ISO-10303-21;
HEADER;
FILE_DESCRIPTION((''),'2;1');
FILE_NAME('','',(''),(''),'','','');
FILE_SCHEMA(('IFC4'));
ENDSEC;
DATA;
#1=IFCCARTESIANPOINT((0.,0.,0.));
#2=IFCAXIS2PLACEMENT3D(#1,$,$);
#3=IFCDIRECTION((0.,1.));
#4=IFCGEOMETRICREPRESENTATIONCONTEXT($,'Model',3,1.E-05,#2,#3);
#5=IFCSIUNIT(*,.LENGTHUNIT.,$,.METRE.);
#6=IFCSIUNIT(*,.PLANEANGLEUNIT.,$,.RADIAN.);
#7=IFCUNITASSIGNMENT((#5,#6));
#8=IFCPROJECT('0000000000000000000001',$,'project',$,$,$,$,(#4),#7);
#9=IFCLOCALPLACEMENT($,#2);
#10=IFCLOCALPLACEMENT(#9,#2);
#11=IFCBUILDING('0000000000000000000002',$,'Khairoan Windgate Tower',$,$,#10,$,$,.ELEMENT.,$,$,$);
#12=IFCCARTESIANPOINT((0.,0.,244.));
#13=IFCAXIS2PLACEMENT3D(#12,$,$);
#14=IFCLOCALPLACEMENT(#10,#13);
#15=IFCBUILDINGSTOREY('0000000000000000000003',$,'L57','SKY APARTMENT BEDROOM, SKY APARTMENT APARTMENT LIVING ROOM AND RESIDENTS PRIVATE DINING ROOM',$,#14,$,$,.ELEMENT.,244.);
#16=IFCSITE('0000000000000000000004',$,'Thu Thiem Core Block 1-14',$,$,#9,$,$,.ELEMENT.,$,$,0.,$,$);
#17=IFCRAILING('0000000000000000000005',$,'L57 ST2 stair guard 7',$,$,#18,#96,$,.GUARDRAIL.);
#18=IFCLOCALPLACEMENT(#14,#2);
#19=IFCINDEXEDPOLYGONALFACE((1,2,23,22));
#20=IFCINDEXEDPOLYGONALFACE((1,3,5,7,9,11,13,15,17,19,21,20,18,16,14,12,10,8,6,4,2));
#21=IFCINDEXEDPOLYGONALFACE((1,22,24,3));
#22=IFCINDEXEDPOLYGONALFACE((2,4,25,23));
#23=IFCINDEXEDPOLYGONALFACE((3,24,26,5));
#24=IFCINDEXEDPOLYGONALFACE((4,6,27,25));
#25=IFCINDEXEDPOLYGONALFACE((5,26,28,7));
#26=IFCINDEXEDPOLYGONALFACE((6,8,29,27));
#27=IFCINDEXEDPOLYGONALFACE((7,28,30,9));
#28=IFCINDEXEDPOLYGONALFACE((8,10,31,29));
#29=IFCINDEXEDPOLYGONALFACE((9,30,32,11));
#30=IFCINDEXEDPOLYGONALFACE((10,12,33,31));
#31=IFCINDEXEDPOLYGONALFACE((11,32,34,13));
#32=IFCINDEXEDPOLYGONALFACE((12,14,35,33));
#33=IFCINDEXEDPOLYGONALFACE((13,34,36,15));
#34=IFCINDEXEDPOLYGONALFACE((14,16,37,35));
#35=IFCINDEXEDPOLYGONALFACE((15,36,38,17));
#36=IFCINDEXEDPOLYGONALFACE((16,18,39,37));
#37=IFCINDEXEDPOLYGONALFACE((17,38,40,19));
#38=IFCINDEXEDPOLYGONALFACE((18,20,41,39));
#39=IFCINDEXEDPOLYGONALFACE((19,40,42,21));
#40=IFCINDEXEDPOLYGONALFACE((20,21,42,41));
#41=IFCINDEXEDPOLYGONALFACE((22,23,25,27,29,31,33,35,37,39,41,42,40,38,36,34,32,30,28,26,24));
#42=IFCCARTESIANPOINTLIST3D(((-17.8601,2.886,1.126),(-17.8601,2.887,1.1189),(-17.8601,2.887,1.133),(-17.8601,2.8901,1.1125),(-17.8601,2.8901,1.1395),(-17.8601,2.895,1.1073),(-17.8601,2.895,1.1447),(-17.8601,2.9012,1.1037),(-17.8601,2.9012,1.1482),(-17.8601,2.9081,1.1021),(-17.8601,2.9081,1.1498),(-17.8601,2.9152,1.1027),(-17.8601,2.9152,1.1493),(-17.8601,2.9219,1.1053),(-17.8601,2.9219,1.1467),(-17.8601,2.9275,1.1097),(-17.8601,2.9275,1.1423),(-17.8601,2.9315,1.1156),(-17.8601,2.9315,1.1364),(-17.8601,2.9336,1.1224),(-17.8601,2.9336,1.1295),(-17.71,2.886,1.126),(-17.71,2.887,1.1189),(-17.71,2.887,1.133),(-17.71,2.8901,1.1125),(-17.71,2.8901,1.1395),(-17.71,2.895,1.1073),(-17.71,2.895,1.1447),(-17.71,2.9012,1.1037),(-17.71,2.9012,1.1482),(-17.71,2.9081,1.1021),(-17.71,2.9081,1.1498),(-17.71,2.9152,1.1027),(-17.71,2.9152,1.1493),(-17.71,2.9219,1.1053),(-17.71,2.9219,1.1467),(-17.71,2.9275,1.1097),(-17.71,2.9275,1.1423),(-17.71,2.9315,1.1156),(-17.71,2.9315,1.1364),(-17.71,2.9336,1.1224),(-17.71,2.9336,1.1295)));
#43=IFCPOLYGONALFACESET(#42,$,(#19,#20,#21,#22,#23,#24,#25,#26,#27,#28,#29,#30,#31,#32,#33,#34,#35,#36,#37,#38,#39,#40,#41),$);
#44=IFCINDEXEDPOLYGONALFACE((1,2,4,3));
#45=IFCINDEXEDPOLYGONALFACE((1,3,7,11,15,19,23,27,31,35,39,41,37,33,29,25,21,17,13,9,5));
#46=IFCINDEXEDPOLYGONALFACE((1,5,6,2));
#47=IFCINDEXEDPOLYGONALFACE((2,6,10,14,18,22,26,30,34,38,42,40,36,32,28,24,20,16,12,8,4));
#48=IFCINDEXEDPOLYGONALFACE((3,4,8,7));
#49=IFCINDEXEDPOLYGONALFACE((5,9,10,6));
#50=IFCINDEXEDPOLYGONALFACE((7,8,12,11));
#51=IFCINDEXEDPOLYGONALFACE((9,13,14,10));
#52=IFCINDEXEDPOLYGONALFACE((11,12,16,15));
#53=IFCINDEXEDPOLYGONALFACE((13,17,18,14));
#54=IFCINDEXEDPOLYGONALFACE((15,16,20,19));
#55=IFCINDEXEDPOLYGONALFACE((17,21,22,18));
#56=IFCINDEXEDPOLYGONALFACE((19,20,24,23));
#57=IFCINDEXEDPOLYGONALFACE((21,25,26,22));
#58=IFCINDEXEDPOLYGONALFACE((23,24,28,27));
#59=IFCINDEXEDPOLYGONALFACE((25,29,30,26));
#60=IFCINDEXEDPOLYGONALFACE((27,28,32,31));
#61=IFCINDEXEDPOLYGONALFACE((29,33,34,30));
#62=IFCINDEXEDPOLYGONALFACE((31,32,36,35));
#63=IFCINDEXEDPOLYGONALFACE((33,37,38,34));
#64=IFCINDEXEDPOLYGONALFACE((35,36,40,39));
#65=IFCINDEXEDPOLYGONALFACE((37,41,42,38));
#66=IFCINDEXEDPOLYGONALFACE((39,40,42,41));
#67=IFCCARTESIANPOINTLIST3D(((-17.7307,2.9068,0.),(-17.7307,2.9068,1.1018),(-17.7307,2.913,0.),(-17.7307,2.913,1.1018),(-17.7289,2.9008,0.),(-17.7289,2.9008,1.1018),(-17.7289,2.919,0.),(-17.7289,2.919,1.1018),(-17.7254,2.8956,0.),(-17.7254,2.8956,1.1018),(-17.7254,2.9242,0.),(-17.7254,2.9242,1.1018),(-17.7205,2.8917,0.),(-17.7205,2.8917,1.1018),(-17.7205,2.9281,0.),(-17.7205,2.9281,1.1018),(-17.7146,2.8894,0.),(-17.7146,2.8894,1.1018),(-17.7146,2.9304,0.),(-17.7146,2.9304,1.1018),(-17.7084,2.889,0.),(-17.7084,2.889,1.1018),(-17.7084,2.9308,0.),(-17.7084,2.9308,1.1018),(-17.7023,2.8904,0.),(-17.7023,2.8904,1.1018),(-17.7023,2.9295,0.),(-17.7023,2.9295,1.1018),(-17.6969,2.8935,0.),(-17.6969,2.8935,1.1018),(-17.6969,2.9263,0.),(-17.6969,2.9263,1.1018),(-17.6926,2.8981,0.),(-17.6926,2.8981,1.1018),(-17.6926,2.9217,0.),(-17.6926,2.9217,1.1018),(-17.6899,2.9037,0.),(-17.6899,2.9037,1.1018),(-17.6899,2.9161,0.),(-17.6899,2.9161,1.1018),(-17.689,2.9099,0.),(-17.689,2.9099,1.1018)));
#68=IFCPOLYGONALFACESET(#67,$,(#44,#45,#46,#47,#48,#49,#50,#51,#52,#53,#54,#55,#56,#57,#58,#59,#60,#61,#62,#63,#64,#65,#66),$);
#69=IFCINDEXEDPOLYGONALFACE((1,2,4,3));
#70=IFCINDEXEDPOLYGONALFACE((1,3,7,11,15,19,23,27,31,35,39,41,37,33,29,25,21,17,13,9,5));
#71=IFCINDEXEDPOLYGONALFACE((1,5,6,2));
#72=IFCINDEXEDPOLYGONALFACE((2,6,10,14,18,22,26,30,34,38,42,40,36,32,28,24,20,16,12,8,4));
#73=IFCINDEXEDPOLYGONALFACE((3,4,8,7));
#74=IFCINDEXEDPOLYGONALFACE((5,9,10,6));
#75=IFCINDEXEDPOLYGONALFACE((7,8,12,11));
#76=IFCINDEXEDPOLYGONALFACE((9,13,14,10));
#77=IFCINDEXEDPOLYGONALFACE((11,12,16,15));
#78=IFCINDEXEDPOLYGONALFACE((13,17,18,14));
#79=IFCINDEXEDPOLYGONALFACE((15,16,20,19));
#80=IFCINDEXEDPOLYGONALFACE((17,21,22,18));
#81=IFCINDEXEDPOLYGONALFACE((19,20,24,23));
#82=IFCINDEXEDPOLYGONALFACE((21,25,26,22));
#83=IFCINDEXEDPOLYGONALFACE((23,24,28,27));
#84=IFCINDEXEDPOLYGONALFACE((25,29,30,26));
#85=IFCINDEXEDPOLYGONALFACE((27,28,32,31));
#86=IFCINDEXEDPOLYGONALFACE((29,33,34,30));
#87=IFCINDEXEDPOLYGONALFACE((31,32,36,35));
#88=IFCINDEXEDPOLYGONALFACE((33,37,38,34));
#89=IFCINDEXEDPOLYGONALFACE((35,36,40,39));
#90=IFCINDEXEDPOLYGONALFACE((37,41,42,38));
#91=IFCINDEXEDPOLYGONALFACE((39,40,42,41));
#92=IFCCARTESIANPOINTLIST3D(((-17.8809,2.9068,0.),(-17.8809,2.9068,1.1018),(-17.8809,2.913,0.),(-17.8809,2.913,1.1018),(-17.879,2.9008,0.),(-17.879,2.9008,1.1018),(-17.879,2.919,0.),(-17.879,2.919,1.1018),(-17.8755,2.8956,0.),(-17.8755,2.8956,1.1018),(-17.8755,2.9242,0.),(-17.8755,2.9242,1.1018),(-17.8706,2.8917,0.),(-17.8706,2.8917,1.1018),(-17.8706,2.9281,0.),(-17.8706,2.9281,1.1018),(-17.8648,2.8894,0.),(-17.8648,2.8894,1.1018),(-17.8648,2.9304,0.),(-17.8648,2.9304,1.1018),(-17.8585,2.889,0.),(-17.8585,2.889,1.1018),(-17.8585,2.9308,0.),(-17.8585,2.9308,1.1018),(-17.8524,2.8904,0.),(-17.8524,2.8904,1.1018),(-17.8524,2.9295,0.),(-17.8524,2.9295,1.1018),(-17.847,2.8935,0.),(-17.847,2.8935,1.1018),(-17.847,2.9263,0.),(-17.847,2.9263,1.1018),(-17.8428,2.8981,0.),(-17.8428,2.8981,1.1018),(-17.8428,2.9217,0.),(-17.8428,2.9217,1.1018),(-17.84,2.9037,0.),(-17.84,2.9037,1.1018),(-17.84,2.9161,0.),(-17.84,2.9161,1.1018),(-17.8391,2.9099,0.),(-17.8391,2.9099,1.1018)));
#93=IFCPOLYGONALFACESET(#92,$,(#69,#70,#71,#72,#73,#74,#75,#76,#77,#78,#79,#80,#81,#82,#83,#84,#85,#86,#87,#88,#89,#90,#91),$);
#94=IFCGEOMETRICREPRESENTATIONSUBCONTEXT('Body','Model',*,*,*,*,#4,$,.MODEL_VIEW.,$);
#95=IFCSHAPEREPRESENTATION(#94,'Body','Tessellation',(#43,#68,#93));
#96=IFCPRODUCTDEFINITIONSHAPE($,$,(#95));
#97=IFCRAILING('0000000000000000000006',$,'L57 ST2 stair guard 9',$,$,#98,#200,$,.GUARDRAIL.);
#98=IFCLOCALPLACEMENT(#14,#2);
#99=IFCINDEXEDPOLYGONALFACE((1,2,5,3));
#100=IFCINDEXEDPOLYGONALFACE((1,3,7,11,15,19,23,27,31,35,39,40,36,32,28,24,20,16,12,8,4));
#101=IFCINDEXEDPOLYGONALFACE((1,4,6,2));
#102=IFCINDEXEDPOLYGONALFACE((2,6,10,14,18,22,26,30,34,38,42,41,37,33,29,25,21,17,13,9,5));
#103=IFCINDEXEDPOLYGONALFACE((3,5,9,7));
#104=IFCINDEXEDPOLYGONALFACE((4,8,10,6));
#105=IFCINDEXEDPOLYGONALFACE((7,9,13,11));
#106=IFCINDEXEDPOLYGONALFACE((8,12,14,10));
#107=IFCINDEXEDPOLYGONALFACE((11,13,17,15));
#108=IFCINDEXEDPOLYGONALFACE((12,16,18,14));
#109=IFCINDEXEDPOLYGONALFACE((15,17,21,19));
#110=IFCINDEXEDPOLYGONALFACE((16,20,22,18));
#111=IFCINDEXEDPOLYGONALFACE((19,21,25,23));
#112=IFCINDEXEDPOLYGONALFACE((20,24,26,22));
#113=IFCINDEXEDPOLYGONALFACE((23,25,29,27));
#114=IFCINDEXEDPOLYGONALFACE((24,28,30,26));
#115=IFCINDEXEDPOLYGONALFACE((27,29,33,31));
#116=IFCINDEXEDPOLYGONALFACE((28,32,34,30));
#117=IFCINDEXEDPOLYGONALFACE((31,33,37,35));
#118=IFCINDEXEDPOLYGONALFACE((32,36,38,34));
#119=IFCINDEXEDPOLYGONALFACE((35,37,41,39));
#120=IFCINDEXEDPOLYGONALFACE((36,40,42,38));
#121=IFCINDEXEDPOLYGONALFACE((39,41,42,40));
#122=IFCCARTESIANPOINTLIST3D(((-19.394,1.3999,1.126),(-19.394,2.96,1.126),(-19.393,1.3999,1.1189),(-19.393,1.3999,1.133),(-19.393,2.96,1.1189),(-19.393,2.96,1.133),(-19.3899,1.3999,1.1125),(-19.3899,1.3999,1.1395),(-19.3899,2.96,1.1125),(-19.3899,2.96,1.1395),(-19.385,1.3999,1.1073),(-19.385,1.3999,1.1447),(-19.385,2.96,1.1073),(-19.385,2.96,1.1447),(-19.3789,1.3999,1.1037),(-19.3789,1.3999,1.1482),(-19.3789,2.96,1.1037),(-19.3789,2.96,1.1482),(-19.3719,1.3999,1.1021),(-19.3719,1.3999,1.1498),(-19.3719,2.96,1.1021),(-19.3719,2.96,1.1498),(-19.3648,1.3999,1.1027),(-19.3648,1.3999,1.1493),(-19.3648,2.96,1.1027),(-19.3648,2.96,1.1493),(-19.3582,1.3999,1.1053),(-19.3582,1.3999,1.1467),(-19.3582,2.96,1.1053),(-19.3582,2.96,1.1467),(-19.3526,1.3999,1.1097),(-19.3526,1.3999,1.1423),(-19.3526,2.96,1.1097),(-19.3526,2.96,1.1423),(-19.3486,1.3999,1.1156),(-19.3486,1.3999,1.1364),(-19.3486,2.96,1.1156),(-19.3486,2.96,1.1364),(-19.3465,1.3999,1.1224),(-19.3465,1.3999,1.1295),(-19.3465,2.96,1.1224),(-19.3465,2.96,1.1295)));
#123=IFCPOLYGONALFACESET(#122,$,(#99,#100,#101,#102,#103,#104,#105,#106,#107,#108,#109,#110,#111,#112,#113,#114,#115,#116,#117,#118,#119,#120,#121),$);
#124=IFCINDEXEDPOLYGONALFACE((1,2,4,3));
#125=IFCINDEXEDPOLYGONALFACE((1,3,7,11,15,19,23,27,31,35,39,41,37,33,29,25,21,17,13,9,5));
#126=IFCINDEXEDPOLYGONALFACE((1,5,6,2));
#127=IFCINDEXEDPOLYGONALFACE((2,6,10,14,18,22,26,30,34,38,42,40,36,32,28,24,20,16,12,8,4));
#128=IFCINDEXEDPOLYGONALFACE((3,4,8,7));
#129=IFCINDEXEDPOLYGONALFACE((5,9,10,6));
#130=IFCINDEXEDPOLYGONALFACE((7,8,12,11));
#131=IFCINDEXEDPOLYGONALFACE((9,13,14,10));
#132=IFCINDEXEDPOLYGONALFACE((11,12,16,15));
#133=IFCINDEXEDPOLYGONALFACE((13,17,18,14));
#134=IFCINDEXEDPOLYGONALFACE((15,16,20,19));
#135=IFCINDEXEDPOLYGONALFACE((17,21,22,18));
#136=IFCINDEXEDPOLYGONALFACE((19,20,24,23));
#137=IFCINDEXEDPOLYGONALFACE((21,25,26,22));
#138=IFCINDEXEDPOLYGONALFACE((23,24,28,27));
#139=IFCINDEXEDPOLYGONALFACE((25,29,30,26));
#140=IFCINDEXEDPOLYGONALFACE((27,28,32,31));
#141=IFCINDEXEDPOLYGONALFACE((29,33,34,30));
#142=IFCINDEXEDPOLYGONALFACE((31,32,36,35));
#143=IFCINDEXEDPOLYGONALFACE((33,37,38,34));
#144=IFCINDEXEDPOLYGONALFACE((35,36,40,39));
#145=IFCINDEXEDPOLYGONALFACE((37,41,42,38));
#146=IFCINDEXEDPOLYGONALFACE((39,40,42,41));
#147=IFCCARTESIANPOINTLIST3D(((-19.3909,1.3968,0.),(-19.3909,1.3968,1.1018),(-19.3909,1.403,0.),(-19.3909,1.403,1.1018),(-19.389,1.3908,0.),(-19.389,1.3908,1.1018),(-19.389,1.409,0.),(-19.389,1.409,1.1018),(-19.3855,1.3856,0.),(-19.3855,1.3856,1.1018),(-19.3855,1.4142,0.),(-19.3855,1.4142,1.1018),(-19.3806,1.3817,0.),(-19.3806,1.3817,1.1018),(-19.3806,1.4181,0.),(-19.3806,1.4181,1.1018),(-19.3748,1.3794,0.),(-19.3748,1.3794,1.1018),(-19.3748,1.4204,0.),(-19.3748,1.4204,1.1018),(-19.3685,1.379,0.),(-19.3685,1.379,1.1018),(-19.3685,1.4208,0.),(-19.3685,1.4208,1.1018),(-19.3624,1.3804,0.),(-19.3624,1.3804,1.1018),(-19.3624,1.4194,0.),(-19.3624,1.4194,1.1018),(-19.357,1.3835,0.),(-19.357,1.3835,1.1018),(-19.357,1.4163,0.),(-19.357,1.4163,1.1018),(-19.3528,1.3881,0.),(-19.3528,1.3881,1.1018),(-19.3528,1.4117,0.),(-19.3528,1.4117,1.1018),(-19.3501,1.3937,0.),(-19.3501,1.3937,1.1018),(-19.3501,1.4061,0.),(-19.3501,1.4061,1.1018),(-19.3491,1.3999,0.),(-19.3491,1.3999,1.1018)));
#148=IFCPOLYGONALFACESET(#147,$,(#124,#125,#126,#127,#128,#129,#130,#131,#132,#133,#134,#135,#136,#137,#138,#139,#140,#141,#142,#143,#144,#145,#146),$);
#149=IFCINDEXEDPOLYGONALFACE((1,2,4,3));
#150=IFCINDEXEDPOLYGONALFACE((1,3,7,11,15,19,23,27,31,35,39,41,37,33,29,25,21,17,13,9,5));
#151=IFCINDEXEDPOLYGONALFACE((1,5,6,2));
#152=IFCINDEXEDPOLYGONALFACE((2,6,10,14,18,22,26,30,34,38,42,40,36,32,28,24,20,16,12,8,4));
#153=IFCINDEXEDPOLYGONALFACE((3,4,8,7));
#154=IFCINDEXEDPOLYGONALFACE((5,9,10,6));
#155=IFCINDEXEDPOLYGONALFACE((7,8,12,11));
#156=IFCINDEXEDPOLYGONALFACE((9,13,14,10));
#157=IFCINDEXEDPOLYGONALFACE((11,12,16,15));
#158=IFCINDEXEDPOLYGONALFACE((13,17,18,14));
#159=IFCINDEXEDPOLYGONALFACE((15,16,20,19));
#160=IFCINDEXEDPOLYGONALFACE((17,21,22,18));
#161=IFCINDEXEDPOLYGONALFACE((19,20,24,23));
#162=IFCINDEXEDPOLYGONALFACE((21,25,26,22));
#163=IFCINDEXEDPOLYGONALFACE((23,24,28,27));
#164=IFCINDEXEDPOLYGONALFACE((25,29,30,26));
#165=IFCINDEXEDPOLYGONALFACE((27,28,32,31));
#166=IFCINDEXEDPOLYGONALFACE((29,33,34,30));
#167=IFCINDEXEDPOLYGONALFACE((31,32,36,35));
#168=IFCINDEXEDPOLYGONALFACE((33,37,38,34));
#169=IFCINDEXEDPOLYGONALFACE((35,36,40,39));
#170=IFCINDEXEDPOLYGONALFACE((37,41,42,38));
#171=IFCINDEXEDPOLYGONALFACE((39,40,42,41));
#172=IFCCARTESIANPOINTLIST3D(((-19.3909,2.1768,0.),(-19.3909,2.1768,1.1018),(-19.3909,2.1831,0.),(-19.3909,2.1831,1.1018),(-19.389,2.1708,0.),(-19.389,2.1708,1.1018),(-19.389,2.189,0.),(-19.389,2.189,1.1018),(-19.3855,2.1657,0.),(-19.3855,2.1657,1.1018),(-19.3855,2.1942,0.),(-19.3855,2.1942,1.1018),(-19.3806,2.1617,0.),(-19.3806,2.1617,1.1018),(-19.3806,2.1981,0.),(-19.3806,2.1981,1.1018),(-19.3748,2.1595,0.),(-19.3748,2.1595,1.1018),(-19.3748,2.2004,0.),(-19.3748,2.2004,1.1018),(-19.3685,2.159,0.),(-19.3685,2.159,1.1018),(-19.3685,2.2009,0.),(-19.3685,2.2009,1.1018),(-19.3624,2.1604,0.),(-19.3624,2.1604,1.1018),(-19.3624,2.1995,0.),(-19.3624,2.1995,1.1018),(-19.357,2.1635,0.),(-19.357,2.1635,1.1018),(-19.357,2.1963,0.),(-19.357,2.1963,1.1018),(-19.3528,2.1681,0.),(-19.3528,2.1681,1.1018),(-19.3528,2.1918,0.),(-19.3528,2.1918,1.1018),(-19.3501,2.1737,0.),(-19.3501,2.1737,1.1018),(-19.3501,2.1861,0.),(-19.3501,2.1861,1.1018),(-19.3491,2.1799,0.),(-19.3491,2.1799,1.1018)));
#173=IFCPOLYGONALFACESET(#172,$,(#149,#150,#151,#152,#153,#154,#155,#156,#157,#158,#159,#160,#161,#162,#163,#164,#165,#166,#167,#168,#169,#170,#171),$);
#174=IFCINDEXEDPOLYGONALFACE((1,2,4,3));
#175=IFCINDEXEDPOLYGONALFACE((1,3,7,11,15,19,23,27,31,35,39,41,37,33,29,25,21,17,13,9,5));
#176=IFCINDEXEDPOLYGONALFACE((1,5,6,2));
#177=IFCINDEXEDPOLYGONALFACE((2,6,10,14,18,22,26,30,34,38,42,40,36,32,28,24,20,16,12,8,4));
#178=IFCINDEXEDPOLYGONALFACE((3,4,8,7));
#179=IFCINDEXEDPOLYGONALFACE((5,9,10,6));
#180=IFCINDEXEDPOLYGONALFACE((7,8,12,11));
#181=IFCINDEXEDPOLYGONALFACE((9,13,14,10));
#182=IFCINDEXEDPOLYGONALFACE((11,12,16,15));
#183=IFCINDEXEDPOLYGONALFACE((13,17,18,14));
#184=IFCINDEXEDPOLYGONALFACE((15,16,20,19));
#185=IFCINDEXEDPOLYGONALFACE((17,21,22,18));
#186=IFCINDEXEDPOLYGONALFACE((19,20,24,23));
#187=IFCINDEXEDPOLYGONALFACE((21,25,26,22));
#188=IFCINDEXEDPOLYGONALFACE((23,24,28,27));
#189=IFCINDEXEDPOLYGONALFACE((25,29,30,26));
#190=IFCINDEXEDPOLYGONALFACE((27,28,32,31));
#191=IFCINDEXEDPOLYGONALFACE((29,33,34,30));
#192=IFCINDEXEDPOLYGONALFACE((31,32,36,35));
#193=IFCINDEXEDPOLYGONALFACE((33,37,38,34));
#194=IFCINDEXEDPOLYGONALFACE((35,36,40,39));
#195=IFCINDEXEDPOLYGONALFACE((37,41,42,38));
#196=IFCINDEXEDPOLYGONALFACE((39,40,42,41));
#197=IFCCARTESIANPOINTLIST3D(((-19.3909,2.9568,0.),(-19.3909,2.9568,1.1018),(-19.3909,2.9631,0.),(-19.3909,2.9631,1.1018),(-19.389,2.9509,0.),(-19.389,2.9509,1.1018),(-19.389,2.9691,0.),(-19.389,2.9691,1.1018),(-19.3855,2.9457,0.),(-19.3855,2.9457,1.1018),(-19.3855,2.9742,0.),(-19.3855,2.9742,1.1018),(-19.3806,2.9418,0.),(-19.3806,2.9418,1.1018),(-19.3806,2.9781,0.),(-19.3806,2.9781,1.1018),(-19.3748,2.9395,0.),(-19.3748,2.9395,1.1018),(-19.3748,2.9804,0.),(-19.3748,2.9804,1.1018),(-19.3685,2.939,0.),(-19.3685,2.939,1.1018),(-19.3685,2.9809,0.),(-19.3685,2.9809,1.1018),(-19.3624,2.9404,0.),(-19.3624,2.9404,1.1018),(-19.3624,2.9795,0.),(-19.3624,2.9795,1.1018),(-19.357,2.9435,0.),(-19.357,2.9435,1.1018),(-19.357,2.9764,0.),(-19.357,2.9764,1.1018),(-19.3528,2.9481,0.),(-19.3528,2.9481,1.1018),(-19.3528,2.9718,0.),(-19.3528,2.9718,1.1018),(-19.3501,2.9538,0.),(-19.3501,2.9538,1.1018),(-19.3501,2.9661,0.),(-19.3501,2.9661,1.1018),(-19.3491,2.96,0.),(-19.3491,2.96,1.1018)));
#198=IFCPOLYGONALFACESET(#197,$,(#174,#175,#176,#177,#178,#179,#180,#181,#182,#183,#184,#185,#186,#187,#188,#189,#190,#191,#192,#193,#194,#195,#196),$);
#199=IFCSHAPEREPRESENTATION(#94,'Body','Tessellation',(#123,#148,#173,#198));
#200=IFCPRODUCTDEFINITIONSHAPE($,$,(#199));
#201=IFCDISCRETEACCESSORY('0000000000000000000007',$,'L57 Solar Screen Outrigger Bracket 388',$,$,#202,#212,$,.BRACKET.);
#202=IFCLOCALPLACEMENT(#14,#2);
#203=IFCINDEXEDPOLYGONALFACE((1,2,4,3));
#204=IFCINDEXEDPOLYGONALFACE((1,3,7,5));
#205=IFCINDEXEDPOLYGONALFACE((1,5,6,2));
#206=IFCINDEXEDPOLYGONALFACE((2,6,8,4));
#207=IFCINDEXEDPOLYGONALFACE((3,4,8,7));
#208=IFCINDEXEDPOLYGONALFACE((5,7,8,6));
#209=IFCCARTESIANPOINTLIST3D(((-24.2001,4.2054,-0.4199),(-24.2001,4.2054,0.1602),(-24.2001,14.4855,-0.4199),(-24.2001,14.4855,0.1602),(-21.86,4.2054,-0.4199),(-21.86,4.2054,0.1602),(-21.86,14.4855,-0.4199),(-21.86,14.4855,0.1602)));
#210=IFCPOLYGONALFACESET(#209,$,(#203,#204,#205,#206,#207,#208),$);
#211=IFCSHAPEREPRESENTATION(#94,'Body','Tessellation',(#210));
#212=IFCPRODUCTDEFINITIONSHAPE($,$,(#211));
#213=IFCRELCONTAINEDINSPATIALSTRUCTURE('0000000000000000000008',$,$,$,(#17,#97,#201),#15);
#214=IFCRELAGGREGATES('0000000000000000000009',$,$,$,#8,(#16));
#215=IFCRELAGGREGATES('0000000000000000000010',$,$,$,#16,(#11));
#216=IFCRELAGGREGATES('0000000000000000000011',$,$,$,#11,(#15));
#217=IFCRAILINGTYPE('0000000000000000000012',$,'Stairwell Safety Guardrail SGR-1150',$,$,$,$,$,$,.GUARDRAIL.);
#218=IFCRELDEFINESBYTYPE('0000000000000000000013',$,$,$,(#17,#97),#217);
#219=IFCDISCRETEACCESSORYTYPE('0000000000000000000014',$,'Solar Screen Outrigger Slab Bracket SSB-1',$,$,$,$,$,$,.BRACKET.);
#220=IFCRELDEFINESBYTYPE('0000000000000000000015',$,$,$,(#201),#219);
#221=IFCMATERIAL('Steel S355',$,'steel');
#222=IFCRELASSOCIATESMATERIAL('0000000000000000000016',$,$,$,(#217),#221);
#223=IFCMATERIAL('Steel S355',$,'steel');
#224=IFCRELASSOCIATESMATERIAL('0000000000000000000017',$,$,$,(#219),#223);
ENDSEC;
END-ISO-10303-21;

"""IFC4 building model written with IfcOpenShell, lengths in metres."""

from ifc_helpers import new_model, si_unit, direction, frame, origin, origin_2d, place, context, subcontext, project, spatial, rectangle, circle, extrude, material, type_object, element, save


model = new_model("IFC4")

# Units and contexts
model_context = context("Model", 3, precision=1e-05, world=origin(), true_north=direction((0.0, 1.0)))
body_context = subcontext(model_context, "Body", "Model", "MODEL_VIEW")
ifc_project = project(units=[si_unit("LENGTHUNIT", "METRE"), si_unit("PLANEANGLEUNIT", "RADIAN")], contexts=[model_context])

# Site, building, storey
site_placement = place(None, origin())
site = spatial("IfcSite", under=ifc_project, at=site_placement, Name="Thu Thiem Core Block 1-14", CompositionType="ELEMENT", RefElevation=0.0)
building_placement = place(site_placement, origin())
building = spatial("IfcBuilding", under=site, at=building_placement, Name="Khairoan Windgate Tower", CompositionType="ELEMENT")
storey_placement = place(building_placement, frame((0.0, 0.0, 244.0)))
storey = spatial("IfcBuildingStorey", under=building, at=storey_placement, Name="L57", Description="SKY APARTMENT BEDROOM, SKY APARTMENT APARTMENT LIVING ROOM AND RESIDENTS PRIVATE DINING ROOM", CompositionType="ELEMENT", Elevation=244.0)

# Railings
ifc_material_1 = material(Name="Steel S355", Category="steel")
railing_type_1 = type_object("IfcRailingType", Name="Stairwell Safety Guardrail SGR-1150", PredefinedType="GUARDRAIL", material=ifc_material_1)
railing_1_placement = place(storey_placement, frame((-17.71, 2.9099, 0.0)))
element("IfcRailing", 1, at=railing_1_placement, inside=storey, type_object=railing_type_1, Name="L57 ST2 stair guard 7", PredefinedType="GUARDRAIL", context=body_context, shape_type="SweptSolid", body=[
    extrude(circle(Radius=0.0239, at=origin_2d()), frame((0.0, 0.0, 1.126), z_axis=(-1.0, 0.0, 0.0), x_axis=(0.0, -1.0, 0.0)), (0.0, 0.0, 1.0), 0.1501),
    extrude(circle(Radius=0.021, at=origin_2d()), origin(), (0.0, 0.0, 1.0), 1.1018),
    extrude(circle(Radius=0.021, at=origin_2d()), frame((-0.1501, 0.0, 0.0)), (0.0, 0.0, 1.0), 1.1018),
])
railing_2_placement = place(storey_placement, frame((-19.3701, 1.3999, 0.0)))
element("IfcRailing", 2, at=railing_2_placement, inside=storey, type_object=railing_type_1, Name="L57 ST2 stair guard 9", PredefinedType="GUARDRAIL", context=body_context, shape_type="SweptSolid", body=[
    extrude(circle(Radius=0.0239, at=origin_2d()), frame((0.0, 0.0, 1.126), z_axis=(0.0, 1.0, 0.0), x_axis=(-1.0, 0.0, 0.0)), (0.0, 0.0, 1.0), 1.5601),
    extrude(circle(Radius=0.021, at=origin_2d()), origin(), (0.0, 0.0, 1.0), 1.1018),
    extrude(circle(Radius=0.021, at=origin_2d()), frame((0.0, 0.78, 0.0)), (0.0, 0.0, 1.0), 1.1018),
    extrude(circle(Radius=0.021, at=origin_2d()), frame((0.0, 1.5601, 0.0)), (0.0, 0.0, 1.0), 1.1018),
])

# Discrete accessory
ifc_material_2 = material(Name="Steel S355", Category="steel")
discrete_accessory_type = type_object("IfcDiscreteAccessoryType", Name="Solar Screen Outrigger Slab Bracket SSB-1", PredefinedType="BRACKET", material=ifc_material_2)
discrete_accessory_placement = place(storey_placement, frame((-23.03, 9.3455, -0.4199), z_axis=(0.0, 0.0, 1.0), x_axis=(0.0, 1.0, 0.0)))
element("IfcDiscreteAccessory", 3, at=discrete_accessory_placement, inside=storey, type_object=discrete_accessory_type, Name="L57 Solar Screen Outrigger Bracket 388", PredefinedType="BRACKET", context=body_context, shape_type="SweptSolid", body=[
    extrude(rectangle(XDim=10.28, YDim=2.3401, at=origin_2d()), origin(), (0.0, 0.0, 1.0), 0.5801),
])

save(model, "model.ifc")
